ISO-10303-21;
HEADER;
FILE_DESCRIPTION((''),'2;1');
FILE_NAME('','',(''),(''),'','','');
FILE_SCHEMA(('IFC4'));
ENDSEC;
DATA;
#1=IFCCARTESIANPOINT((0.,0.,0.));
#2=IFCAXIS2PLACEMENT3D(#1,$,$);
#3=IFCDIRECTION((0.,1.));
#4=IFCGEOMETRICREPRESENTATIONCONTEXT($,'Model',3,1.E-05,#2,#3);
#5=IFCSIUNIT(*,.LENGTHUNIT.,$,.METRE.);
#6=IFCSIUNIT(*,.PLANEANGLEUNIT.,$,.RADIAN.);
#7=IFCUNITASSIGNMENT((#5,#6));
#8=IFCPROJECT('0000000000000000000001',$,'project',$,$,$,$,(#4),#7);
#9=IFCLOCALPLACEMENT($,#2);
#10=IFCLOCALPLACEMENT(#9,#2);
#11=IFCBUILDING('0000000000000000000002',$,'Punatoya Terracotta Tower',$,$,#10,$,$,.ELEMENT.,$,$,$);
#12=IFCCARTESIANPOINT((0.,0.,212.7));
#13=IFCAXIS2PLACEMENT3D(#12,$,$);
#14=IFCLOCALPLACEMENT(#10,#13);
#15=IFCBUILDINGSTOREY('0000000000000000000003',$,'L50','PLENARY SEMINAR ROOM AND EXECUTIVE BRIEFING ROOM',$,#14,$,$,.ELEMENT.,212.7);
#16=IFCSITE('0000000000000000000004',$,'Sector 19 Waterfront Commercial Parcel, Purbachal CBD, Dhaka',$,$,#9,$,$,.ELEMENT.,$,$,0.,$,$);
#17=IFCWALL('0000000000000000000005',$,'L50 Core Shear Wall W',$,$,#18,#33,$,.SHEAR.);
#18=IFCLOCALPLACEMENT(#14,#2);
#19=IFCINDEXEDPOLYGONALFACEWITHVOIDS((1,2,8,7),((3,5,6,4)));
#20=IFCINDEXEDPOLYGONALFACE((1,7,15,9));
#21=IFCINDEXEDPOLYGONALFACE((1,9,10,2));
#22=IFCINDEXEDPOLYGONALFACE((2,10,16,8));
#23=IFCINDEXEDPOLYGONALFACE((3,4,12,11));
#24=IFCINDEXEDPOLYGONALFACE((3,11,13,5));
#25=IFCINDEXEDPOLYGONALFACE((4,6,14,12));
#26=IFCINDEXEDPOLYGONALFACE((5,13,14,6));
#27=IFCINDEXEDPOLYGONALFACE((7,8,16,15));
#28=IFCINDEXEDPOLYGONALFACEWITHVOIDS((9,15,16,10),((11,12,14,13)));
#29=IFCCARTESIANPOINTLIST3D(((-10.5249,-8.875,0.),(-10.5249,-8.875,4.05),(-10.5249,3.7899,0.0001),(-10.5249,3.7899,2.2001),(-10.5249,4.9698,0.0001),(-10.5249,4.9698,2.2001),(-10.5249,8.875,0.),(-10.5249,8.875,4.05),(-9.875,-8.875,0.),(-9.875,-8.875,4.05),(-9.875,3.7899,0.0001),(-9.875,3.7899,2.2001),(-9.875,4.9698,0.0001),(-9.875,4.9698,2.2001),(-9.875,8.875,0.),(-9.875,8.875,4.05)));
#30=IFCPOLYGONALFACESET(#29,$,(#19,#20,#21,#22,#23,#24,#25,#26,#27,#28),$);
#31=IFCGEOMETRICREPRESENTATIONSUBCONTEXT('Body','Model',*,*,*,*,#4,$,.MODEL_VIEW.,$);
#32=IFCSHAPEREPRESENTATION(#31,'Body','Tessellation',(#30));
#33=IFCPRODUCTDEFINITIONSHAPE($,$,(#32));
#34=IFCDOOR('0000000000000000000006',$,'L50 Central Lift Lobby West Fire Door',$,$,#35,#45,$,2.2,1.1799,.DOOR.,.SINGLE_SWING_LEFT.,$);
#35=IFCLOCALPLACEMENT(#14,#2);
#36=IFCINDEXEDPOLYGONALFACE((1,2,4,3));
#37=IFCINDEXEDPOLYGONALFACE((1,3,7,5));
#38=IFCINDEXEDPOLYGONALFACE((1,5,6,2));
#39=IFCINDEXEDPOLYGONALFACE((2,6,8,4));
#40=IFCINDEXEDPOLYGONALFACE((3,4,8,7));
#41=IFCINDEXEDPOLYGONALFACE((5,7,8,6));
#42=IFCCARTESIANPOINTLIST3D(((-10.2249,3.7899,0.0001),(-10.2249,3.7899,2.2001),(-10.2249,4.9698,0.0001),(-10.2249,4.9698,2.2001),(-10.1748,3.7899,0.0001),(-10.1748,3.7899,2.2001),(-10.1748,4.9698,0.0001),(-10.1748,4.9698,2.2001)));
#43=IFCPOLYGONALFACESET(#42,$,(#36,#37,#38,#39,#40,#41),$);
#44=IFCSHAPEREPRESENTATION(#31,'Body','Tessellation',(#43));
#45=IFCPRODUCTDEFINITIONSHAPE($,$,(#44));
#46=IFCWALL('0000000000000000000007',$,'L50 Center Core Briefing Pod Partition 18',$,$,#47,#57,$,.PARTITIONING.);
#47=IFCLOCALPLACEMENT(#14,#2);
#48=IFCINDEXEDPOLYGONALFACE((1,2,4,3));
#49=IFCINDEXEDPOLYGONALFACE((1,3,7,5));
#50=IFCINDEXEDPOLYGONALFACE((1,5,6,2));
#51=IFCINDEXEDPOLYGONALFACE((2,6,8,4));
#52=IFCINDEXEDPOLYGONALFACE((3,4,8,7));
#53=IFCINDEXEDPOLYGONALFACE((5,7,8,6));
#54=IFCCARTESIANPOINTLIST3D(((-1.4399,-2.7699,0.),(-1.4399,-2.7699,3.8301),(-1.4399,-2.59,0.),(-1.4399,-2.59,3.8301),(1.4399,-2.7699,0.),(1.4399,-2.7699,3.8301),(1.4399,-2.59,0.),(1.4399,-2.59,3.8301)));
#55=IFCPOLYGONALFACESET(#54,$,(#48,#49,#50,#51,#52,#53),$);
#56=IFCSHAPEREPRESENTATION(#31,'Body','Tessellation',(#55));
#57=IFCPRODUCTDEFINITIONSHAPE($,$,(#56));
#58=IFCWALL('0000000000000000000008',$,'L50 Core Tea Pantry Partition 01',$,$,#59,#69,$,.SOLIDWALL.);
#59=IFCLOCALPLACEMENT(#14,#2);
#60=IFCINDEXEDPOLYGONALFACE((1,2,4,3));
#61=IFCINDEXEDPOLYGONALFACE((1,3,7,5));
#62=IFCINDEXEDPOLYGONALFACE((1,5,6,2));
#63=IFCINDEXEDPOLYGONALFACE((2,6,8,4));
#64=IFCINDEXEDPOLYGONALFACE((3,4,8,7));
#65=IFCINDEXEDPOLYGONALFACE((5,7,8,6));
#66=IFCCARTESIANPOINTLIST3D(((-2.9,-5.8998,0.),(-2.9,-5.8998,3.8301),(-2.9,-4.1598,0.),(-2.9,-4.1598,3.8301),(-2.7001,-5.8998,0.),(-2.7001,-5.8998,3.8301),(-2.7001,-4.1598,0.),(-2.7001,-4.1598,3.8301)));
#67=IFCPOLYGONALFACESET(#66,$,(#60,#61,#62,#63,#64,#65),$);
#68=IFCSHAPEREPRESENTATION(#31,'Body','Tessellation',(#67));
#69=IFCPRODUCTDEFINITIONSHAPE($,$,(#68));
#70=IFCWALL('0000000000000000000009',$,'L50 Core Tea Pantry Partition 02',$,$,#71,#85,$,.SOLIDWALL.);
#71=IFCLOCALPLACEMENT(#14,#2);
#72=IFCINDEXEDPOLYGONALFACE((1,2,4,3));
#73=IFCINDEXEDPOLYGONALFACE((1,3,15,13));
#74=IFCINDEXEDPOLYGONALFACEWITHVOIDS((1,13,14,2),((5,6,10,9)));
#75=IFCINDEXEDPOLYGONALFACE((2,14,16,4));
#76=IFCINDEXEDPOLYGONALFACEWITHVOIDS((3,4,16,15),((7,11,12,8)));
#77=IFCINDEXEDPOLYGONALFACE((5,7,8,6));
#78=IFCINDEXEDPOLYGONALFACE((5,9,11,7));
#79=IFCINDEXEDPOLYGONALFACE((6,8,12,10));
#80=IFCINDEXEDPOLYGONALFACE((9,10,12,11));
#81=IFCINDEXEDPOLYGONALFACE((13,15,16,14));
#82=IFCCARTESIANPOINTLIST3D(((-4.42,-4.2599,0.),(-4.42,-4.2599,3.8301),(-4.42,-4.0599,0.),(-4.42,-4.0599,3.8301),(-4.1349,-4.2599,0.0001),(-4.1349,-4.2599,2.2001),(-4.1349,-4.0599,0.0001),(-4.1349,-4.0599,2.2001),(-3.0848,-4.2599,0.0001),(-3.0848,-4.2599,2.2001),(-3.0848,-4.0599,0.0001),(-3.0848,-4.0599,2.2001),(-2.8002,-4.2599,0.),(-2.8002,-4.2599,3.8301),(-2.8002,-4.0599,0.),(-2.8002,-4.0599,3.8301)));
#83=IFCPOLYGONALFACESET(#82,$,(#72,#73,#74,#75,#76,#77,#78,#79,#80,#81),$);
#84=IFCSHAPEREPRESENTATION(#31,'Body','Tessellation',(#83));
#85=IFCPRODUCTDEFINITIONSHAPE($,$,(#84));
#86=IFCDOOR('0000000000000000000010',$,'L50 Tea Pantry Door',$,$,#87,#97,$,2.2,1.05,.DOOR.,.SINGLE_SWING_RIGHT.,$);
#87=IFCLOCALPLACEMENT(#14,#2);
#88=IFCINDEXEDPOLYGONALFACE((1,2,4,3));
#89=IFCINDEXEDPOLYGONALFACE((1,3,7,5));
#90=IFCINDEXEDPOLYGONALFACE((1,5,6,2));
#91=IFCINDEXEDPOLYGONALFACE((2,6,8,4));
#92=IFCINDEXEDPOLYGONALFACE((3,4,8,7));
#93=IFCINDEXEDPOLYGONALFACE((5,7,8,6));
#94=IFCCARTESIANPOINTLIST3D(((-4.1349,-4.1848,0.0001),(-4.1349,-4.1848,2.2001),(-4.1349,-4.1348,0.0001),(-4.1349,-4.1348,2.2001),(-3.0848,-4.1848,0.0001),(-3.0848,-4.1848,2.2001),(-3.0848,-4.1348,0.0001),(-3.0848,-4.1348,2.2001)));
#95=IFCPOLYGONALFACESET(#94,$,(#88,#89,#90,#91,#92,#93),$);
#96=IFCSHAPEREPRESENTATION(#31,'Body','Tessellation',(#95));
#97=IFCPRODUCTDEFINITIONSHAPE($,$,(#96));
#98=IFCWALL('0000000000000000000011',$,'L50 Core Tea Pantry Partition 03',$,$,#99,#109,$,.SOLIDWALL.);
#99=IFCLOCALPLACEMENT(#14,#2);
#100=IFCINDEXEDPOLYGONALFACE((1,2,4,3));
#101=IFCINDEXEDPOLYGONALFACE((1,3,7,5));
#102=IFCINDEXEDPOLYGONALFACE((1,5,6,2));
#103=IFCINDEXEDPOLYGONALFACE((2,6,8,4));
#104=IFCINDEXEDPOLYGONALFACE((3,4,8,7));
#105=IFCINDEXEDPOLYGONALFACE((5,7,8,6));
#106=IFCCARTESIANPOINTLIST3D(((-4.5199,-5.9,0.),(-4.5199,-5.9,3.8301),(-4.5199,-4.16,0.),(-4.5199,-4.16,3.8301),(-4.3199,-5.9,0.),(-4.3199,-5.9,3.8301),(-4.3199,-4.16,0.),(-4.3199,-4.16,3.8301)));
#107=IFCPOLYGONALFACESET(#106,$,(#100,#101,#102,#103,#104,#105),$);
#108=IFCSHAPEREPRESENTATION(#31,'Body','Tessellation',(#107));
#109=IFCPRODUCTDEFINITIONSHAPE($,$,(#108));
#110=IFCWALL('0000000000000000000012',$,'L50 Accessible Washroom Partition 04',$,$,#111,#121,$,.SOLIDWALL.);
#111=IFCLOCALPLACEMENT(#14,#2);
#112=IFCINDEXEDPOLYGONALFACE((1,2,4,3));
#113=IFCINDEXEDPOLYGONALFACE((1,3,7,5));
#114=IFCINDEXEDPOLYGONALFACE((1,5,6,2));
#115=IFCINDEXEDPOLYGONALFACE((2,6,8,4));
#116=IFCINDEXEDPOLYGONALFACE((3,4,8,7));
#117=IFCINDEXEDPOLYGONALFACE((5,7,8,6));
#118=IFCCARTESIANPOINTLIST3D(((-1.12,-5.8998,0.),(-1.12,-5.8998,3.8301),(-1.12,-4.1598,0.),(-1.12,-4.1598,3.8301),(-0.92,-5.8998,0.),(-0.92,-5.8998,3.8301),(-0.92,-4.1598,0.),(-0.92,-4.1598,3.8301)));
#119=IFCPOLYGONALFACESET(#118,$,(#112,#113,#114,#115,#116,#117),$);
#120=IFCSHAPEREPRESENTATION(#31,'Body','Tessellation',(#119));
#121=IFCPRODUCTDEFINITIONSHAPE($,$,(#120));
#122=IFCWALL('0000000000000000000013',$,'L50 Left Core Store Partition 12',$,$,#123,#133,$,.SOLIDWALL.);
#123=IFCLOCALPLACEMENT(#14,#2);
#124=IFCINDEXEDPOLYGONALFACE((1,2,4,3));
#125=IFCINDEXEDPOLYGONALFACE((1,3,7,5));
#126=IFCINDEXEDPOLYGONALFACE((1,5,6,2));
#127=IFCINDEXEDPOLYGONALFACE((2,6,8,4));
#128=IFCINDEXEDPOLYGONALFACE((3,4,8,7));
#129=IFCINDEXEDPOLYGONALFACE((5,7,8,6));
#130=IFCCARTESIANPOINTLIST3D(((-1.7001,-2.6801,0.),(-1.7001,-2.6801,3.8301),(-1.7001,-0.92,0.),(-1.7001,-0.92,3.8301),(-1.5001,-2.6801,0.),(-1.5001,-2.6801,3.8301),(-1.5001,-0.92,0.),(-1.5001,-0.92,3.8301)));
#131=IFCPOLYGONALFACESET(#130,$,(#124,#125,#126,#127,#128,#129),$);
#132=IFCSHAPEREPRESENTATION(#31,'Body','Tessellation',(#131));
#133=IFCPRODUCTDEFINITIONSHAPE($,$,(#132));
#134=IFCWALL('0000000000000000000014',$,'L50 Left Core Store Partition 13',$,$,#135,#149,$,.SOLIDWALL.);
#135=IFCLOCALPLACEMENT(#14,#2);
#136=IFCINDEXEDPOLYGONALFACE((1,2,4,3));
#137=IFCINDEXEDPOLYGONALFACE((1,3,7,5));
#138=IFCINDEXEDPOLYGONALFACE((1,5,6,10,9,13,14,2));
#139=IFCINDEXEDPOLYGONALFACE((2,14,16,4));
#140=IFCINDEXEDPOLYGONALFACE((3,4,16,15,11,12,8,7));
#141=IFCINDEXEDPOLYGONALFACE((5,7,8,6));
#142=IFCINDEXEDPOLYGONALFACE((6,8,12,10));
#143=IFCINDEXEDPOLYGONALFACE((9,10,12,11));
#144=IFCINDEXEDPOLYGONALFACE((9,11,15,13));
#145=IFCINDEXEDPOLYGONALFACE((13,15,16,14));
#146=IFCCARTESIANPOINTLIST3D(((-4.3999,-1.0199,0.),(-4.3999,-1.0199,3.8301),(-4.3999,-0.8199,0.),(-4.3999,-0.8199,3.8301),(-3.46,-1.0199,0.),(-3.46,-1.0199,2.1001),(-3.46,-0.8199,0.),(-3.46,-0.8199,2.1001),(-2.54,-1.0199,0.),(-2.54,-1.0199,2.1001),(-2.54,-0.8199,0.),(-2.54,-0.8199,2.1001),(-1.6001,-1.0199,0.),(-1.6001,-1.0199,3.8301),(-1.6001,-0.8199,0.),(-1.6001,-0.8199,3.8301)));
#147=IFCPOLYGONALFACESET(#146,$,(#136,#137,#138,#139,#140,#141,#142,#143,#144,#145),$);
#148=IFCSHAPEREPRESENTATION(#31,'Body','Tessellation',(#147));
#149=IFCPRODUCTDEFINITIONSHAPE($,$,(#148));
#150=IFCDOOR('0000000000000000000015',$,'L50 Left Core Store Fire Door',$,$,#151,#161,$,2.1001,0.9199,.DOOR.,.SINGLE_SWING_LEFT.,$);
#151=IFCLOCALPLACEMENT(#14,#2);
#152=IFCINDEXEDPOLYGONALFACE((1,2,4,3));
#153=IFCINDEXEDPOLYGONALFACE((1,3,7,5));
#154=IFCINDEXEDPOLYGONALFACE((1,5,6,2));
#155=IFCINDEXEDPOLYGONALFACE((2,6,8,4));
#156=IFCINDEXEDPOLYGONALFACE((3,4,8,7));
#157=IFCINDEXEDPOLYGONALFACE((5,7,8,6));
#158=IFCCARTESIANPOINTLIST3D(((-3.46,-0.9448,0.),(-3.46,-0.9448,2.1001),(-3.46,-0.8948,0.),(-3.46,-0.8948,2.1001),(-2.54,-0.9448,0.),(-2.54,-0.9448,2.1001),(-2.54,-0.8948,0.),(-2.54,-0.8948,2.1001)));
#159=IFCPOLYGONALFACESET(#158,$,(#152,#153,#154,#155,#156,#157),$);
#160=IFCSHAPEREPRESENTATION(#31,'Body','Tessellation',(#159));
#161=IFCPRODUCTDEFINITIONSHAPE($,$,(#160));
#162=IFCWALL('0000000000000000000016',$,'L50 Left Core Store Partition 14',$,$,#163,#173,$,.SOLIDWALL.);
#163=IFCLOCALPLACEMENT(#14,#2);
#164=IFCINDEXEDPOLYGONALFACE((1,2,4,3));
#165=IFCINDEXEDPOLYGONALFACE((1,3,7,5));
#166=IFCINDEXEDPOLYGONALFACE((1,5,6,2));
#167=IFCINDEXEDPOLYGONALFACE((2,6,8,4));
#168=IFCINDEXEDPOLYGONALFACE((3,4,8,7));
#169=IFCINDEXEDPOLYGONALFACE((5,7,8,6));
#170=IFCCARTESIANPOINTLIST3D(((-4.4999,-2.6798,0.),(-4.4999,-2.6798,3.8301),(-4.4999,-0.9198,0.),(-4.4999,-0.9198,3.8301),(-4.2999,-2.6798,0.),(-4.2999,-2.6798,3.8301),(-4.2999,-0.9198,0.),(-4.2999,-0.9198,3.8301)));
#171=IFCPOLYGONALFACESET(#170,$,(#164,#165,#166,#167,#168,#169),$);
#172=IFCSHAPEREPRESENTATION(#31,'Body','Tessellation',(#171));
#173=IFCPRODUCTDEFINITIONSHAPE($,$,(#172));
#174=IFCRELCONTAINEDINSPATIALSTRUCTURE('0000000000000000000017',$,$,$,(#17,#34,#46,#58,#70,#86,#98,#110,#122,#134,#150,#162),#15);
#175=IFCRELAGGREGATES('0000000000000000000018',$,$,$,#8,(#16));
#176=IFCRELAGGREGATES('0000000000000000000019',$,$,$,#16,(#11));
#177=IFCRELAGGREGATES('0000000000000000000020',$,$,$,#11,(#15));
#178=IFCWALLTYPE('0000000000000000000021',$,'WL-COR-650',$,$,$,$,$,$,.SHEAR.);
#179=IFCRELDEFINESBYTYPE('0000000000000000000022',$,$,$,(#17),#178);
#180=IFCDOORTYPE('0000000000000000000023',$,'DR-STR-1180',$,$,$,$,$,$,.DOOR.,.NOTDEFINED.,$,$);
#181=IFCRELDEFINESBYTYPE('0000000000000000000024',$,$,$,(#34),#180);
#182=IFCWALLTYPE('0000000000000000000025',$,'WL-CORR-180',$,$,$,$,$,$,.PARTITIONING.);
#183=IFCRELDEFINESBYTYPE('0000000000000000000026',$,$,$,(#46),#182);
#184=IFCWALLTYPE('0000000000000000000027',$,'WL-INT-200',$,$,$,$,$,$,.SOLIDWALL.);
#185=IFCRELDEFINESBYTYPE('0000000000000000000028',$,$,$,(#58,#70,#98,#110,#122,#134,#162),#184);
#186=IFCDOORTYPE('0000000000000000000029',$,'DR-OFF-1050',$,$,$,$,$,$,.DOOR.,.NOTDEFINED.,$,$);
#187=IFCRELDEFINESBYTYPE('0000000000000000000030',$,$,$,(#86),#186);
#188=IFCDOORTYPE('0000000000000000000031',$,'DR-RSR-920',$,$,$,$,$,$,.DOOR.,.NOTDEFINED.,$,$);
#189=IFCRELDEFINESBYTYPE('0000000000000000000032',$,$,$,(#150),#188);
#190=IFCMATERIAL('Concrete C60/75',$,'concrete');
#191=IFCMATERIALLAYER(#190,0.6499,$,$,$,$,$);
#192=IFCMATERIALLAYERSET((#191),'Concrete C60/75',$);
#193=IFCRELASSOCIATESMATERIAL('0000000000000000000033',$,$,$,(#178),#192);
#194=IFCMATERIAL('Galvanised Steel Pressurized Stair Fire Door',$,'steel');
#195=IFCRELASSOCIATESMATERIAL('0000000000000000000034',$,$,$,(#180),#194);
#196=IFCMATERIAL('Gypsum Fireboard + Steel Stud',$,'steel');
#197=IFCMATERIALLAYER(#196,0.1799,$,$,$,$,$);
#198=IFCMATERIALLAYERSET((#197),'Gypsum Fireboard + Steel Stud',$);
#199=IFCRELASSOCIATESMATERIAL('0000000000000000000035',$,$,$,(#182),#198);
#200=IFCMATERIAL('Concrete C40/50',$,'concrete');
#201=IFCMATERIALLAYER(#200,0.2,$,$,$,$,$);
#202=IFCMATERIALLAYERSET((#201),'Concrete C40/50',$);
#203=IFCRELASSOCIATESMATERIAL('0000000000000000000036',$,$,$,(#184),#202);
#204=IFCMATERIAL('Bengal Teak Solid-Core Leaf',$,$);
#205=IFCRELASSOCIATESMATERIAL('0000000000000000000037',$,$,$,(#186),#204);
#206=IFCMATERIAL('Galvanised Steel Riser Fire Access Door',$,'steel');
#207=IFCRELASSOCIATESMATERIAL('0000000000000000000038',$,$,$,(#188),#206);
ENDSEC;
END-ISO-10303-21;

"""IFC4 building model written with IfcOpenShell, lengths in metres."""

from ifc_helpers import new_model, si_unit, direction, frame, frame_2d, origin, place, context, subcontext, project, spatial, rectangle, extrude, material, layer, layer_set, type_object, element, fill, save


model = new_model("IFC4")

# Units and contexts
model_context = context("Model", 3, precision=1e-05, world=origin(), true_north=direction((0.0, 1.0)))
body_context = subcontext(model_context, "Body", "Model", "MODEL_VIEW")
ifc_project = project(units=[si_unit("LENGTHUNIT", "METRE"), si_unit("PLANEANGLEUNIT", "RADIAN")], contexts=[model_context])

# Site, building, storey
site_placement = place(None, origin())
site = spatial("IfcSite", under=ifc_project, at=site_placement, Name="Sector 19 Waterfront Commercial Parcel, Purbachal CBD, Dhaka", CompositionType="ELEMENT", RefElevation=0.0)
building_placement = place(site_placement, origin())
building = spatial("IfcBuilding", under=site, at=building_placement, Name="Punatoya Terracotta Tower", CompositionType="ELEMENT")
storey_placement = place(building_placement, frame((0.0, 0.0, 212.7)))
storey = spatial("IfcBuildingStorey", under=building, at=storey_placement, Name="L50", Description="PLENARY SEMINAR ROOM AND EXECUTIVE BRIEFING ROOM", CompositionType="ELEMENT", Elevation=212.7)

# Shared definitions
ifc_material_1 = material(Name="Concrete C60/75", Category="concrete")

# Wall, opening, door
ifc_layer_1 = layer(ifc_material_1, 0.6499)
ifc_layer_set_1 = layer_set([ifc_layer_1], Name="Concrete C60/75")
wall_type_1 = type_object("IfcWallType", Name="WL-COR-650", PredefinedType="SHEAR", material=ifc_layer_set_1)
wall_1_placement = place(storey_placement, frame((-10.2, -8.875, 0.0), z_axis=(0.0, 0.0, 1.0), x_axis=(0.0, 1.0, 0.0)))
wall_1 = element("IfcWall", 1, at=wall_1_placement, inside=storey, type_object=wall_type_1, Name="L50 Core Shear Wall W", PredefinedType="SHEAR", context=body_context, shape_type="SweptSolid", body=[
    extrude(rectangle(XDim=17.75, YDim=0.6499, at=frame_2d((8.875, 0.0))), origin(), (0.0, 0.0, 1.0), 4.05),
])
opening_1_placement = place(wall_1_placement, frame((12.665, 0.0, 0.0)))
opening_1 = element("IfcOpeningElement", 2, at=opening_1_placement, cuts=wall_1, PredefinedType="OPENING", context=body_context, shape_type="SweptSolid", body=[
    extrude(rectangle(XDim=1.1799, YDim=2.2, at=frame_2d((0.5898, 1.1001))), frame((0.0, 0.335, 0.0), z_axis=(0.0, -1.0, 0.0), x_axis=(1.0, 0.0, 0.0)), (0.0, 0.0, 1.0), 0.6699),
])
ifc_material_2 = material(Name="Galvanised Steel Pressurized Stair Fire Door", Category="steel")
door_type_1 = type_object("IfcDoorType", Name="DR-STR-1180", OperationType="NOTDEFINED", PredefinedType="DOOR", material=ifc_material_2)
door_1_placement = place(opening_1_placement, origin())
door_1 = element("IfcDoor", 3, at=door_1_placement, inside=storey, type_object=door_type_1, Name="L50 Central Lift Lobby West Fire Door", OperationType="SINGLE_SWING_LEFT", OverallHeight=2.2, OverallWidth=1.1799, PredefinedType="DOOR", context=body_context, shape_type="SweptSolid", body=[
    extrude(rectangle(XDim=1.1799, YDim=2.2, at=frame_2d((0.5898, 1.1001))), frame((0.0, 0.0249, 0.0), z_axis=(0.0, -1.0, 0.0), x_axis=(1.0, 0.0, 0.0)), (0.0, 0.0, 1.0), 0.05),
])
fill(opening_1, door_1)

# Walls
ifc_material_3 = material(Name="Gypsum Fireboard + Steel Stud", Category="steel")
ifc_layer_2 = layer(ifc_material_3, 0.1799)
ifc_layer_set_2 = layer_set([ifc_layer_2], Name="Gypsum Fireboard + Steel Stud")
wall_type_2 = type_object("IfcWallType", Name="WL-CORR-180", PredefinedType="PARTITIONING", material=ifc_layer_set_2)
wall_2_placement = place(storey_placement, frame((-1.4399, -2.6799, 0.0), z_axis=(0.0, 0.0, 1.0), x_axis=(1.0, 0.0, 0.0)))
element("IfcWall", 4, at=wall_2_placement, inside=storey, type_object=wall_type_2, Name="L50 Center Core Briefing Pod Partition 18", PredefinedType="PARTITIONING", context=body_context, shape_type="SweptSolid", body=[
    extrude(rectangle(XDim=2.8799, YDim=0.1799, at=frame_2d((1.4399, 0.0))), origin(), (0.0, 0.0, 1.0), 3.8301),
])
ifc_material_4 = material(Name="Concrete C40/50", Category="concrete")
ifc_layer_3 = layer(ifc_material_4, 0.2)
ifc_layer_set_3 = layer_set([ifc_layer_3], Name="Concrete C40/50")
wall_type_3 = type_object("IfcWallType", Name="WL-INT-200", PredefinedType="SOLIDWALL", material=ifc_layer_set_3)
wall_3_placement = place(storey_placement, frame((-2.8, -5.8999, 0.0), z_axis=(0.0, 0.0, 1.0), x_axis=(0.0, 1.0, 0.0)))
element("IfcWall", 5, at=wall_3_placement, inside=storey, type_object=wall_type_3, Name="L50 Core Tea Pantry Partition 01", PredefinedType="SOLIDWALL", context=body_context, shape_type="SweptSolid", body=[
    extrude(rectangle(XDim=1.74, YDim=0.2, at=frame_2d((0.8701, 0.0))), origin(), (0.0, 0.0, 1.0), 3.8301),
])

# Wall, opening, door
wall_4_placement = place(storey_placement, frame((-2.8, -4.1599, 0.0), z_axis=(0.0, 0.0, 1.0), x_axis=(-1.0, 0.0, 0.0)))
wall_4 = element("IfcWall", 6, at=wall_4_placement, inside=storey, type_object=wall_type_3, Name="L50 Core Tea Pantry Partition 02", PredefinedType="SOLIDWALL", context=body_context, shape_type="SweptSolid", body=[
    extrude(rectangle(XDim=1.6199, YDim=0.2, at=frame_2d((0.8101, 0.0))), origin(), (0.0, 0.0, 1.0), 3.8301),
])
opening_2_placement = place(wall_4_placement, frame((0.2849, 0.0, 0.0)))
opening_2 = element("IfcOpeningElement", 7, at=opening_2_placement, cuts=wall_4, PredefinedType="OPENING", context=body_context, shape_type="SweptSolid", body=[
    extrude(rectangle(XDim=1.05, YDim=2.2, at=frame_2d((0.5249, 1.1001))), frame((0.0, 0.1099, 0.0), z_axis=(0.0, -1.0, 0.0), x_axis=(1.0, 0.0, 0.0)), (0.0, 0.0, 1.0), 0.22),
])
ifc_material_5 = material(Name="Bengal Teak Solid-Core Leaf")
door_type_2 = type_object("IfcDoorType", Name="DR-OFF-1050", OperationType="NOTDEFINED", PredefinedType="DOOR", material=ifc_material_5)
door_2_placement = place(opening_2_placement, origin())
door_2 = element("IfcDoor", 8, at=door_2_placement, inside=storey, type_object=door_type_2, Name="L50 Tea Pantry Door", OperationType="SINGLE_SWING_RIGHT", OverallHeight=2.2, OverallWidth=1.05, PredefinedType="DOOR", context=body_context, shape_type="SweptSolid", body=[
    extrude(rectangle(XDim=1.05, YDim=2.2, at=frame_2d((0.5249, 1.1001))), frame((0.0, 0.0249, 0.0), z_axis=(0.0, -1.0, 0.0), x_axis=(1.0, 0.0, 0.0)), (0.0, 0.0, 1.0), 0.05),
])
fill(opening_2, door_2)

# Walls
for number, where, z_axis, x_axis, name in (
    (9, (-4.4199, -4.1599, 0.0), (0.0, 0.0, 1.0), (0.0, -1.0, 0.0), "L50 Core Tea Pantry Partition 03"),
    (10, (-1.02, -5.8999, 0.0), (0.0, 0.0, 1.0), (0.0, 1.0, 0.0), "L50 Accessible Washroom Partition 04"),
):
    element("IfcWall", number, at=place(storey_placement, frame(where, z_axis=z_axis, x_axis=x_axis)), inside=storey, type_object=wall_type_3, Name=name, PredefinedType="SOLIDWALL", context=body_context, shape_type="SweptSolid", body=[
        extrude(rectangle(XDim=1.74, YDim=0.2, at=frame_2d((0.8701, 0.0))), origin(), (0.0, 0.0, 1.0), 3.8301),
    ])

# Wall
wall_5_placement = place(storey_placement, frame((-1.6001, -2.6799, 0.0), z_axis=(0.0, 0.0, 1.0), x_axis=(0.0, 1.0, 0.0)))
element("IfcWall", 11, at=wall_5_placement, inside=storey, type_object=wall_type_3, Name="L50 Left Core Store Partition 12", PredefinedType="SOLIDWALL", context=body_context, shape_type="SweptSolid", body=[
    extrude(rectangle(XDim=1.76, YDim=0.2, at=frame_2d((0.8799, 0.0))), origin(), (0.0, 0.0, 1.0), 3.8301),
])

# Wall, opening, door
wall_6_placement = place(storey_placement, frame((-1.6001, -0.9199, 0.0), z_axis=(0.0, 0.0, 1.0), x_axis=(-1.0, 0.0, 0.0)))
wall_6 = element("IfcWall", 12, at=wall_6_placement, inside=storey, type_object=wall_type_3, Name="L50 Left Core Store Partition 13", PredefinedType="SOLIDWALL", context=body_context, shape_type="SweptSolid", body=[
    extrude(rectangle(XDim=2.7998, YDim=0.2, at=frame_2d((1.3999, 0.0))), origin(), (0.0, 0.0, 1.0), 3.8301),
])
opening_3_placement = place(wall_6_placement, frame((0.9399, 0.0, 0.0)))
opening_3 = element("IfcOpeningElement", 13, at=opening_3_placement, cuts=wall_6, PredefinedType="OPENING", context=body_context, shape_type="SweptSolid", body=[
    extrude(rectangle(XDim=0.9199, YDim=2.1001, at=frame_2d((0.46, 1.05))), frame((0.0, 0.1099, 0.0), z_axis=(0.0, -1.0, 0.0), x_axis=(1.0, 0.0, 0.0)), (0.0, 0.0, 1.0), 0.22),
])
ifc_material_6 = material(Name="Galvanised Steel Riser Fire Access Door", Category="steel")
door_type_3 = type_object("IfcDoorType", Name="DR-RSR-920", OperationType="NOTDEFINED", PredefinedType="DOOR", material=ifc_material_6)
door_3_placement = place(opening_3_placement, origin())
door_3 = element("IfcDoor", 14, at=door_3_placement, inside=storey, type_object=door_type_3, Name="L50 Left Core Store Fire Door", OperationType="SINGLE_SWING_LEFT", OverallHeight=2.1001, OverallWidth=0.9199, PredefinedType="DOOR", context=body_context, shape_type="SweptSolid", body=[
    extrude(rectangle(XDim=0.9199, YDim=2.1001, at=frame_2d((0.46, 1.05))), frame((0.0, 0.0249, 0.0), z_axis=(0.0, -1.0, 0.0), x_axis=(1.0, 0.0, 0.0)), (0.0, 0.0, 1.0), 0.05),
])
fill(opening_3, door_3)

# Wall
wall_7_placement = place(storey_placement, frame((-4.3999, -0.9199, 0.0), z_axis=(0.0, 0.0, 1.0), x_axis=(0.0, -1.0, 0.0)))
element("IfcWall", 15, at=wall_7_placement, inside=storey, type_object=wall_type_3, Name="L50 Left Core Store Partition 14", PredefinedType="SOLIDWALL", context=body_context, shape_type="SweptSolid", body=[
    extrude(rectangle(XDim=1.76, YDim=0.2, at=frame_2d((0.8799, 0.0))), origin(), (0.0, 0.0, 1.0), 3.8301),
])

save(model, "model.ifc")
